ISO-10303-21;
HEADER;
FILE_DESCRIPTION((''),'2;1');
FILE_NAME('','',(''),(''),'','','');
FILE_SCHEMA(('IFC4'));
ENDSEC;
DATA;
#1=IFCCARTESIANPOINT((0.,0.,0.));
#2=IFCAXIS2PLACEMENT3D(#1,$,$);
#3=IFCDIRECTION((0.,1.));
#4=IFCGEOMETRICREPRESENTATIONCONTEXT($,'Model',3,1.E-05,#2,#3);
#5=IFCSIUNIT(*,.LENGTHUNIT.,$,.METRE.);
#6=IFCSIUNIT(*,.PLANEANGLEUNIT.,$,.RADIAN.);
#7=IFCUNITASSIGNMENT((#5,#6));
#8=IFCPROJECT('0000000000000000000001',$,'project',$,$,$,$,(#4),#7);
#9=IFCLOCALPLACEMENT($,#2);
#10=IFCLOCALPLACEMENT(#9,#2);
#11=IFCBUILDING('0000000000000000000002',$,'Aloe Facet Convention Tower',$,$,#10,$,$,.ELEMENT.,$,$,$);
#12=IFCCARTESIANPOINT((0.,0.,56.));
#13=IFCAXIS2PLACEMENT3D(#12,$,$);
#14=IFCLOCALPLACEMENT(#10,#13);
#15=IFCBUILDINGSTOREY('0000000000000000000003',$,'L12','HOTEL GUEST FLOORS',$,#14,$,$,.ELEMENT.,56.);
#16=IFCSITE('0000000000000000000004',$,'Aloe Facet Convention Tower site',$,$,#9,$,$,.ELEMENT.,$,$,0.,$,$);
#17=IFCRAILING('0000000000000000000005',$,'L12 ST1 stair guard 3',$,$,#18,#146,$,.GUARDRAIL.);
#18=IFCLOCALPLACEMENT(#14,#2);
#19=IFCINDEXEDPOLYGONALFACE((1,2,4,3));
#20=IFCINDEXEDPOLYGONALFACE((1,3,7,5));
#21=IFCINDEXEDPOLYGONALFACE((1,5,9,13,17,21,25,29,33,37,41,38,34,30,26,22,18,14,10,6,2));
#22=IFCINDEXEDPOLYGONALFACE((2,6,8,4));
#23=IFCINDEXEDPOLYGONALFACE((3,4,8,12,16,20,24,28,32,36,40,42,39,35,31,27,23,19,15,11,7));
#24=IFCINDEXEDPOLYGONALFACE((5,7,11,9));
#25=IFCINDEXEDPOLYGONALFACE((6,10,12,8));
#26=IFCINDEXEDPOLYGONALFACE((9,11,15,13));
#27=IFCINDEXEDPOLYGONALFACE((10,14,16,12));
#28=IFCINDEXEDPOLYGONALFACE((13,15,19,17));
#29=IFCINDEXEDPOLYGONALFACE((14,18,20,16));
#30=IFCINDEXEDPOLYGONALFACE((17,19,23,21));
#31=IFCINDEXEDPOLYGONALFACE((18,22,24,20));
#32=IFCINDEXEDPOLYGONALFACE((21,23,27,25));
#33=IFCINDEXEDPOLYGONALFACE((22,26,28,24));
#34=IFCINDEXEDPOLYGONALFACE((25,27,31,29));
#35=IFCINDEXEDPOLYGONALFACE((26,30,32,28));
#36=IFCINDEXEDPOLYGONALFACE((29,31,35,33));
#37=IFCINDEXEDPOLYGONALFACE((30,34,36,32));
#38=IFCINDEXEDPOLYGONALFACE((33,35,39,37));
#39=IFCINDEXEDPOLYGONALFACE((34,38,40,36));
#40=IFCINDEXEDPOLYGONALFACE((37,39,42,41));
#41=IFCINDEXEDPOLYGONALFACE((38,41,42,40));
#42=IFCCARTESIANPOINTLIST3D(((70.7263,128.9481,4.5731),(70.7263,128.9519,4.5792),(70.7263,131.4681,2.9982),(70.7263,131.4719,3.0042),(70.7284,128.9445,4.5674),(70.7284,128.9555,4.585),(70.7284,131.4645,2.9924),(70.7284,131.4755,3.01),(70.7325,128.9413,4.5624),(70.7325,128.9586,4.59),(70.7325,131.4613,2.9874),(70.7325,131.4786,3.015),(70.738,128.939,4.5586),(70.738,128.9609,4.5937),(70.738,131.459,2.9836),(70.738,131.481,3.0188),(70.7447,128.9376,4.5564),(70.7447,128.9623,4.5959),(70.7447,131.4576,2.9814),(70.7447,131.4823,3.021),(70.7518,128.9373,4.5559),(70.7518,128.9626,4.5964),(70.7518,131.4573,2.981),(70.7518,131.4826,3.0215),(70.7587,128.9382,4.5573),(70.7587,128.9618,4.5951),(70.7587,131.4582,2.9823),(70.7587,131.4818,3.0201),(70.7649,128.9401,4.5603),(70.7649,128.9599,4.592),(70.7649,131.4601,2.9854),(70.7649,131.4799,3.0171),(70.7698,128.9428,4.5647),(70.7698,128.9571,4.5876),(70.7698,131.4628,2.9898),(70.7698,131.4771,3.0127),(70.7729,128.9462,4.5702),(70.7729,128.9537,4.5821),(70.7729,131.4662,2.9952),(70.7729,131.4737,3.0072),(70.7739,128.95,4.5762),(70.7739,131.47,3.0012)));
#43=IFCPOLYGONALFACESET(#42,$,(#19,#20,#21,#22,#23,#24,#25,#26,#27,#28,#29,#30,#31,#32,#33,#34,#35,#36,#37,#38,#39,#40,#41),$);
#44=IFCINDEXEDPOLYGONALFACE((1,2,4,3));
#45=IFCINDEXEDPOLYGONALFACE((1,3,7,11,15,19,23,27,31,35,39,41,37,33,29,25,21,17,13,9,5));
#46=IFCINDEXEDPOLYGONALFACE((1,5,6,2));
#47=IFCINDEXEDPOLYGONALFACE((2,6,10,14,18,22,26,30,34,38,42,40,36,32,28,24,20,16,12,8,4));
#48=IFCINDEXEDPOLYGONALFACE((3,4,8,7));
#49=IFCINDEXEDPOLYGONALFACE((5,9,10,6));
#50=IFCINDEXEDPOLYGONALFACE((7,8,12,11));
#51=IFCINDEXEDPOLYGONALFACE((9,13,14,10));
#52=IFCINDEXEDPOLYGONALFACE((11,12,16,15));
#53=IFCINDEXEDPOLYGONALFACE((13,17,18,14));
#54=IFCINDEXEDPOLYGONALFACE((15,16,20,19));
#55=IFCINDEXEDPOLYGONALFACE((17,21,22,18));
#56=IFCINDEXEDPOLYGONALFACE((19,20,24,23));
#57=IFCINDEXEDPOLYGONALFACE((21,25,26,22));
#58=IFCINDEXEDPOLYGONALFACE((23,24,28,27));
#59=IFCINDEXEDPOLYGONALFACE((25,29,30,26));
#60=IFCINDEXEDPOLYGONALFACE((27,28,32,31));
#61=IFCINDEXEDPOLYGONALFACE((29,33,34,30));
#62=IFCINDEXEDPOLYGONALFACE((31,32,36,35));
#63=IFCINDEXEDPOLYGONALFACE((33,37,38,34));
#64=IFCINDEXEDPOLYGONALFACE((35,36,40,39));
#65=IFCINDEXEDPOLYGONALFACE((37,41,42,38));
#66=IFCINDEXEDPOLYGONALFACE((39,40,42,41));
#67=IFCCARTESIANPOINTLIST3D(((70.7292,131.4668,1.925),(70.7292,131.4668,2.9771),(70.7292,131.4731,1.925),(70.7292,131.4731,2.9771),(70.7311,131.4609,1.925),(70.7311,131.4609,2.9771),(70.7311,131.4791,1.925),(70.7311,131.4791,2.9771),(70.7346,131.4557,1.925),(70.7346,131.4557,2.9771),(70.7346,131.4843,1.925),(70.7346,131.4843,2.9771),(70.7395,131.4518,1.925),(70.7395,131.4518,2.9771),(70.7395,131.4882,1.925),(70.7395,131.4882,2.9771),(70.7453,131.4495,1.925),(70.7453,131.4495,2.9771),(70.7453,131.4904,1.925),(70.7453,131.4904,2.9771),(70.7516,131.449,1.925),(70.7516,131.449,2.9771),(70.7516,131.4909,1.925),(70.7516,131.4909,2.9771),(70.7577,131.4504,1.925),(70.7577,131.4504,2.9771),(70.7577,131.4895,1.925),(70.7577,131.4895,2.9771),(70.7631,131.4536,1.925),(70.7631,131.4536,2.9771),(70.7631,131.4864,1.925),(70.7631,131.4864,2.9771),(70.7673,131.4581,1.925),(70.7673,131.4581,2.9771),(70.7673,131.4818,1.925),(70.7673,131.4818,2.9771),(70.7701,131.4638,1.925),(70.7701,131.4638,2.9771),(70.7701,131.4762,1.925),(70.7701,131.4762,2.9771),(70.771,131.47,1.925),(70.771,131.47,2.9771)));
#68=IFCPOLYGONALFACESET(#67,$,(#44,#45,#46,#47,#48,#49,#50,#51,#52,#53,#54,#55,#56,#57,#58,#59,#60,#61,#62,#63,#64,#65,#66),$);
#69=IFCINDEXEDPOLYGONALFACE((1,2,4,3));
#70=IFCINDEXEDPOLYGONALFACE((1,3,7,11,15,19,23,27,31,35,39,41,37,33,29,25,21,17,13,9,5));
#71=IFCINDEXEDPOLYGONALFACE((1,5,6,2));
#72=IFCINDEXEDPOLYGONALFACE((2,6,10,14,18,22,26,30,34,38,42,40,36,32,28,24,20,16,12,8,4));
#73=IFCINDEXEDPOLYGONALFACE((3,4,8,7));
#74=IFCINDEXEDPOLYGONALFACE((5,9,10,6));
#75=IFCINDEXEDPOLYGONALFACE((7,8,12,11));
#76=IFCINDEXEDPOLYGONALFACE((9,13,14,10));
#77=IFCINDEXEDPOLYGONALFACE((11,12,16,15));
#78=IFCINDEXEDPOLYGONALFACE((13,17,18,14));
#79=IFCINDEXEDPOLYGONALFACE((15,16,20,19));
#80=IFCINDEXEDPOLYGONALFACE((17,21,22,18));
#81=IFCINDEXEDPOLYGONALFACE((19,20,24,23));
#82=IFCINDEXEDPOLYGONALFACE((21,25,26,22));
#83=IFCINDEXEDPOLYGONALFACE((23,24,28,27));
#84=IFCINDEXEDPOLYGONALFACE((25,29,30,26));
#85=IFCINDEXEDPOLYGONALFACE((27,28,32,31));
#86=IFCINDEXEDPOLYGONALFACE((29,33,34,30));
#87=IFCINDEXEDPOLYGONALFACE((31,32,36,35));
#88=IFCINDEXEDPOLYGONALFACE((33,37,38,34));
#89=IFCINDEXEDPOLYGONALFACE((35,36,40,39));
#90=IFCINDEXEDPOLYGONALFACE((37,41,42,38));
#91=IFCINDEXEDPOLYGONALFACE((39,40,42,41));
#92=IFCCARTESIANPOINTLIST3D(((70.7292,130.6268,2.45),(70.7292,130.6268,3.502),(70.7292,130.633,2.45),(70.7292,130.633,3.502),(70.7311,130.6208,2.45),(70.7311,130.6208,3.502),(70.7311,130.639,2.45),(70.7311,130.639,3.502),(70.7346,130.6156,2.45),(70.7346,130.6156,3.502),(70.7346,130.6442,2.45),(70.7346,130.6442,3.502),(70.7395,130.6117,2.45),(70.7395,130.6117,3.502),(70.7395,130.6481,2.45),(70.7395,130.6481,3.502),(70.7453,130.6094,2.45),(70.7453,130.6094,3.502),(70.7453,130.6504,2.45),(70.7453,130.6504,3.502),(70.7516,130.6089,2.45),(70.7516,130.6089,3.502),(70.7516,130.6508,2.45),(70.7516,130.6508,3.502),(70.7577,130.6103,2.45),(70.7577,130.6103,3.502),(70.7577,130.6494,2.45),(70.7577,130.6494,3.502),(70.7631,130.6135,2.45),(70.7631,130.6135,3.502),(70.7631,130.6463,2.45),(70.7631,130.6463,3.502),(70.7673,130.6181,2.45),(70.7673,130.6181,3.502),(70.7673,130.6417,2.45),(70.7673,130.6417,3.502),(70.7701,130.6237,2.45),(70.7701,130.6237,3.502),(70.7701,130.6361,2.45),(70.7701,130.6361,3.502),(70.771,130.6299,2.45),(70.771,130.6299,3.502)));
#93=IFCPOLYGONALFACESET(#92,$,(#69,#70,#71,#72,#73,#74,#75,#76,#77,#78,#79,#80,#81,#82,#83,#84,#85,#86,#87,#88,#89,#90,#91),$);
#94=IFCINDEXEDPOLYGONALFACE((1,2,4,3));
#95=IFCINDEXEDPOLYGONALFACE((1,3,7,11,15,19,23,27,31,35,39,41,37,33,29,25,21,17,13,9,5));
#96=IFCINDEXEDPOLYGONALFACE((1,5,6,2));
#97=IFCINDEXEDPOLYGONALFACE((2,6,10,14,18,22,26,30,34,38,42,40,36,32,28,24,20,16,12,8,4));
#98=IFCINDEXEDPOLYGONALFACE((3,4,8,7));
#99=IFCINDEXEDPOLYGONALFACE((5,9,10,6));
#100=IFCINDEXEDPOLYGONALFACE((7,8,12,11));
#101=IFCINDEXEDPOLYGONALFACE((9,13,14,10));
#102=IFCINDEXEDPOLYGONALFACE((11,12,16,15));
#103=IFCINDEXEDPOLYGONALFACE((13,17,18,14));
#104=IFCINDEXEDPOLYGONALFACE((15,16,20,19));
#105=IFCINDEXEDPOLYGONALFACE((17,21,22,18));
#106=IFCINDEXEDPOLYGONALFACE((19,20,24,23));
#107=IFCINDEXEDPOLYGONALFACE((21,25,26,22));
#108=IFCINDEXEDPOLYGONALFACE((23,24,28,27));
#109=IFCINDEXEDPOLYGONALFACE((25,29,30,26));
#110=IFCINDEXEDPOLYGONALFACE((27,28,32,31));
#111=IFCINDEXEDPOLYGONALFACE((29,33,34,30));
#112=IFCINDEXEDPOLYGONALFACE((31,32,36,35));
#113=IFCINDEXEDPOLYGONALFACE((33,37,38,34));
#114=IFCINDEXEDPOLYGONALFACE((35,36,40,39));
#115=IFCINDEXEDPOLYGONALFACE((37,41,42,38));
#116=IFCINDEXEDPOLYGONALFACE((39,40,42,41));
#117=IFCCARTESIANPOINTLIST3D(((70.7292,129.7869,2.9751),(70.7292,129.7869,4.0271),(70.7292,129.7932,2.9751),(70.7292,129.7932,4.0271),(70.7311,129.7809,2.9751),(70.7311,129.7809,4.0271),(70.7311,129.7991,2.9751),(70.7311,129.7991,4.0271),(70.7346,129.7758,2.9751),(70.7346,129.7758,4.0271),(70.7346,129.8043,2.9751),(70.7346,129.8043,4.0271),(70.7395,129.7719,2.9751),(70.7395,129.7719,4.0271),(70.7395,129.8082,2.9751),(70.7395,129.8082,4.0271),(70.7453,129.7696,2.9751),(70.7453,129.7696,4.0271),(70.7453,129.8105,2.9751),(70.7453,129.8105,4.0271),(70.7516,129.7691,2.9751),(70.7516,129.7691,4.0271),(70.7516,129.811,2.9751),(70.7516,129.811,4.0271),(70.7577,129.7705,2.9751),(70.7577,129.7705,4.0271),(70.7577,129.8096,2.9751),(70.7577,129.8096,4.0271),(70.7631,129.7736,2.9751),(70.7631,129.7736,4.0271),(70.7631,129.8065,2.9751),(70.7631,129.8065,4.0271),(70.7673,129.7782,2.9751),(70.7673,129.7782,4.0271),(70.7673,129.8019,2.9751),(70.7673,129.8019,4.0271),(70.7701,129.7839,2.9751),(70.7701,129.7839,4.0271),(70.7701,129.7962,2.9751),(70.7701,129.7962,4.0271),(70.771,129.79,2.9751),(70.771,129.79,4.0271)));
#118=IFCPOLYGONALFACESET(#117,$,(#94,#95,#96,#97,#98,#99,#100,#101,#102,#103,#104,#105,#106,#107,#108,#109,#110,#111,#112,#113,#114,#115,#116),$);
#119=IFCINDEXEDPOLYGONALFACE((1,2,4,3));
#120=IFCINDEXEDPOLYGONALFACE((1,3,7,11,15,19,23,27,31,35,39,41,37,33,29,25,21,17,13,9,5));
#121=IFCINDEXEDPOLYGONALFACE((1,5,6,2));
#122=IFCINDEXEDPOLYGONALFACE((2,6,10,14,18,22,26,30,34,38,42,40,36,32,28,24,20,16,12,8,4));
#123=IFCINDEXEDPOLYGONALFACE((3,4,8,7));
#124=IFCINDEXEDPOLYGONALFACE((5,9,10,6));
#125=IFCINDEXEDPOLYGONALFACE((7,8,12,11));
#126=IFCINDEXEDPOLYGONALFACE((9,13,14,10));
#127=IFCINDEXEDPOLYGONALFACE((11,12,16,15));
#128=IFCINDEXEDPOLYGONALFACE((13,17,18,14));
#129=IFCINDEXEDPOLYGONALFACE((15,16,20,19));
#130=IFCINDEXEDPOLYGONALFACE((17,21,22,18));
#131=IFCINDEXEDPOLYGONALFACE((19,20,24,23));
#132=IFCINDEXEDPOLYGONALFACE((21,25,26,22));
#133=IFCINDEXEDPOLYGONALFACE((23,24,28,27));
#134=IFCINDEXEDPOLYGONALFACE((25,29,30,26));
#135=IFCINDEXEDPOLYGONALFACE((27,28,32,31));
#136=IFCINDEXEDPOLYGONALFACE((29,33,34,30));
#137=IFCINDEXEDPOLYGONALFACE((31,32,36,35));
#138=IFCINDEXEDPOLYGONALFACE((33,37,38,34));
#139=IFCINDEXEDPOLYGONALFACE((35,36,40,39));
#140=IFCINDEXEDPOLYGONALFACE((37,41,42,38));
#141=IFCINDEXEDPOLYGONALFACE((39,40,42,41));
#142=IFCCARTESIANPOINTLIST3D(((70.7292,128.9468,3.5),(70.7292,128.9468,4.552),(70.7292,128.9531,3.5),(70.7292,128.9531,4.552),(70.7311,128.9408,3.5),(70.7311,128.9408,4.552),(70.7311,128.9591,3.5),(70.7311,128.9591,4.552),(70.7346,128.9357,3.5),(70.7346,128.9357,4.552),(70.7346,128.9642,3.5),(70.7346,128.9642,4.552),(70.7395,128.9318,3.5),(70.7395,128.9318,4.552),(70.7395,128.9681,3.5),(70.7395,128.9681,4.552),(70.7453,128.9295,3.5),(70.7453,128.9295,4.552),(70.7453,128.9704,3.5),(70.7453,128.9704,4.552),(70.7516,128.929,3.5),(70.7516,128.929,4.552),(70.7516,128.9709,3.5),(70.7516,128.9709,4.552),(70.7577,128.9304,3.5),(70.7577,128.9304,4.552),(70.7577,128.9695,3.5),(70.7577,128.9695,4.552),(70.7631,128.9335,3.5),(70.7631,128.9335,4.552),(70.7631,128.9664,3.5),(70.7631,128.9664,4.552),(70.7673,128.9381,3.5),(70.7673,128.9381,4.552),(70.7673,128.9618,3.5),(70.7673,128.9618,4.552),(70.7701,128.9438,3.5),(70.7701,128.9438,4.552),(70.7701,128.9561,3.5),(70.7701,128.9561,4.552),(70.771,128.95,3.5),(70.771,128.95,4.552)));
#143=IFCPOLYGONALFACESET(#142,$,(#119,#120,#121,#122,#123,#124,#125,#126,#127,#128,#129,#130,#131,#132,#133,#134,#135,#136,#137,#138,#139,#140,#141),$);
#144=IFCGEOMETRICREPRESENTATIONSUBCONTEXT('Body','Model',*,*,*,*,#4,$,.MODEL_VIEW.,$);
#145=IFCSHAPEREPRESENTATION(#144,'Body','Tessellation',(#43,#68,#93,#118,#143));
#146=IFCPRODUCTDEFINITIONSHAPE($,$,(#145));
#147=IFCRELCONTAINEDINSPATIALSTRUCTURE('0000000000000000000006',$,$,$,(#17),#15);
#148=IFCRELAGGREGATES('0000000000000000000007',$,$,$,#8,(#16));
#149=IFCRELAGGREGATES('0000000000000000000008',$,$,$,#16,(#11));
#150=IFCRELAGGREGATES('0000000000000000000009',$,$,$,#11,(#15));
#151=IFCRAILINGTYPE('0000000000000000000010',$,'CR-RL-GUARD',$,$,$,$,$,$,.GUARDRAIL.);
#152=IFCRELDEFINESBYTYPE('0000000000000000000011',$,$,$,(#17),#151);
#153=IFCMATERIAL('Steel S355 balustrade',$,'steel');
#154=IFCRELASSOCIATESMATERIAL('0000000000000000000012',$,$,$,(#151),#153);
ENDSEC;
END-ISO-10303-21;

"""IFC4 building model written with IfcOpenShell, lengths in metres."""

from ifc_helpers import new_model, si_unit, direction, frame, origin, origin_2d, place, context, subcontext, project, spatial, circle, extrude, material, type_object, element, save


model = new_model("IFC4")

# Units and contexts
model_context = context("Model", 3, precision=1e-05, world=origin(), true_north=direction((0.0, 1.0)))
body_context = subcontext(model_context, "Body", "Model", "MODEL_VIEW")
ifc_project = project(units=[si_unit("LENGTHUNIT", "METRE"), si_unit("PLANEANGLEUNIT", "RADIAN")], contexts=[model_context])

# Site, building, storey
site_placement = place(None, origin())
site = spatial("IfcSite", under=ifc_project, at=site_placement, Name="Aloe Facet Convention Tower site", CompositionType="ELEMENT", RefElevation=0.0)
building_placement = place(site_placement, origin())
building = spatial("IfcBuilding", under=site, at=building_placement, Name="Aloe Facet Convention Tower", CompositionType="ELEMENT")
storey_placement = place(building_placement, frame((0.0, 0.0, 56.0)))
storey = spatial("IfcBuildingStorey", under=building, at=storey_placement, Name="L12", Description="HOTEL GUEST FLOORS", CompositionType="ELEMENT", Elevation=56.0)

# Railing
ifc_material_1 = material(Name="Steel S355 balustrade", Category="steel")
railing_type_1 = type_object("IfcRailingType", Name="CR-RL-GUARD", PredefinedType="GUARDRAIL", material=ifc_material_1)
railing_1_placement = place(storey_placement, frame((70.75, 131.47, 1.925)))
element("IfcRailing", 1, at=railing_1_placement, inside=storey, type_object=railing_type_1, Name="L12 ST1 stair guard 3", PredefinedType="GUARDRAIL", context=body_context, shape_type="SweptSolid", body=[
    extrude(circle(Radius=0.0239, at=origin_2d()), frame((0.0, 0.0, 1.0762), z_axis=(0.0, -0.848008, 0.529984), x_axis=(1.0, 0.0, 0.0)), (0.0, 0.0, 1.0), 2.9717),
    extrude(circle(Radius=0.021, at=origin_2d()), origin(), (0.0, 0.0, 1.0), 1.052),
    extrude(circle(Radius=0.021, at=origin_2d()), frame((0.0, -0.8401, 0.5249)), (0.0, 0.0, 1.0), 1.052),
    extrude(circle(Radius=0.021, at=origin_2d()), frame((0.0, -1.6799, 1.05)), (0.0, 0.0, 1.0), 1.052),
    extrude(circle(Radius=0.021, at=origin_2d()), frame((0.0, -2.52, 1.575)), (0.0, 0.0, 1.0), 1.052),
])

save(model, "model.ifc")
